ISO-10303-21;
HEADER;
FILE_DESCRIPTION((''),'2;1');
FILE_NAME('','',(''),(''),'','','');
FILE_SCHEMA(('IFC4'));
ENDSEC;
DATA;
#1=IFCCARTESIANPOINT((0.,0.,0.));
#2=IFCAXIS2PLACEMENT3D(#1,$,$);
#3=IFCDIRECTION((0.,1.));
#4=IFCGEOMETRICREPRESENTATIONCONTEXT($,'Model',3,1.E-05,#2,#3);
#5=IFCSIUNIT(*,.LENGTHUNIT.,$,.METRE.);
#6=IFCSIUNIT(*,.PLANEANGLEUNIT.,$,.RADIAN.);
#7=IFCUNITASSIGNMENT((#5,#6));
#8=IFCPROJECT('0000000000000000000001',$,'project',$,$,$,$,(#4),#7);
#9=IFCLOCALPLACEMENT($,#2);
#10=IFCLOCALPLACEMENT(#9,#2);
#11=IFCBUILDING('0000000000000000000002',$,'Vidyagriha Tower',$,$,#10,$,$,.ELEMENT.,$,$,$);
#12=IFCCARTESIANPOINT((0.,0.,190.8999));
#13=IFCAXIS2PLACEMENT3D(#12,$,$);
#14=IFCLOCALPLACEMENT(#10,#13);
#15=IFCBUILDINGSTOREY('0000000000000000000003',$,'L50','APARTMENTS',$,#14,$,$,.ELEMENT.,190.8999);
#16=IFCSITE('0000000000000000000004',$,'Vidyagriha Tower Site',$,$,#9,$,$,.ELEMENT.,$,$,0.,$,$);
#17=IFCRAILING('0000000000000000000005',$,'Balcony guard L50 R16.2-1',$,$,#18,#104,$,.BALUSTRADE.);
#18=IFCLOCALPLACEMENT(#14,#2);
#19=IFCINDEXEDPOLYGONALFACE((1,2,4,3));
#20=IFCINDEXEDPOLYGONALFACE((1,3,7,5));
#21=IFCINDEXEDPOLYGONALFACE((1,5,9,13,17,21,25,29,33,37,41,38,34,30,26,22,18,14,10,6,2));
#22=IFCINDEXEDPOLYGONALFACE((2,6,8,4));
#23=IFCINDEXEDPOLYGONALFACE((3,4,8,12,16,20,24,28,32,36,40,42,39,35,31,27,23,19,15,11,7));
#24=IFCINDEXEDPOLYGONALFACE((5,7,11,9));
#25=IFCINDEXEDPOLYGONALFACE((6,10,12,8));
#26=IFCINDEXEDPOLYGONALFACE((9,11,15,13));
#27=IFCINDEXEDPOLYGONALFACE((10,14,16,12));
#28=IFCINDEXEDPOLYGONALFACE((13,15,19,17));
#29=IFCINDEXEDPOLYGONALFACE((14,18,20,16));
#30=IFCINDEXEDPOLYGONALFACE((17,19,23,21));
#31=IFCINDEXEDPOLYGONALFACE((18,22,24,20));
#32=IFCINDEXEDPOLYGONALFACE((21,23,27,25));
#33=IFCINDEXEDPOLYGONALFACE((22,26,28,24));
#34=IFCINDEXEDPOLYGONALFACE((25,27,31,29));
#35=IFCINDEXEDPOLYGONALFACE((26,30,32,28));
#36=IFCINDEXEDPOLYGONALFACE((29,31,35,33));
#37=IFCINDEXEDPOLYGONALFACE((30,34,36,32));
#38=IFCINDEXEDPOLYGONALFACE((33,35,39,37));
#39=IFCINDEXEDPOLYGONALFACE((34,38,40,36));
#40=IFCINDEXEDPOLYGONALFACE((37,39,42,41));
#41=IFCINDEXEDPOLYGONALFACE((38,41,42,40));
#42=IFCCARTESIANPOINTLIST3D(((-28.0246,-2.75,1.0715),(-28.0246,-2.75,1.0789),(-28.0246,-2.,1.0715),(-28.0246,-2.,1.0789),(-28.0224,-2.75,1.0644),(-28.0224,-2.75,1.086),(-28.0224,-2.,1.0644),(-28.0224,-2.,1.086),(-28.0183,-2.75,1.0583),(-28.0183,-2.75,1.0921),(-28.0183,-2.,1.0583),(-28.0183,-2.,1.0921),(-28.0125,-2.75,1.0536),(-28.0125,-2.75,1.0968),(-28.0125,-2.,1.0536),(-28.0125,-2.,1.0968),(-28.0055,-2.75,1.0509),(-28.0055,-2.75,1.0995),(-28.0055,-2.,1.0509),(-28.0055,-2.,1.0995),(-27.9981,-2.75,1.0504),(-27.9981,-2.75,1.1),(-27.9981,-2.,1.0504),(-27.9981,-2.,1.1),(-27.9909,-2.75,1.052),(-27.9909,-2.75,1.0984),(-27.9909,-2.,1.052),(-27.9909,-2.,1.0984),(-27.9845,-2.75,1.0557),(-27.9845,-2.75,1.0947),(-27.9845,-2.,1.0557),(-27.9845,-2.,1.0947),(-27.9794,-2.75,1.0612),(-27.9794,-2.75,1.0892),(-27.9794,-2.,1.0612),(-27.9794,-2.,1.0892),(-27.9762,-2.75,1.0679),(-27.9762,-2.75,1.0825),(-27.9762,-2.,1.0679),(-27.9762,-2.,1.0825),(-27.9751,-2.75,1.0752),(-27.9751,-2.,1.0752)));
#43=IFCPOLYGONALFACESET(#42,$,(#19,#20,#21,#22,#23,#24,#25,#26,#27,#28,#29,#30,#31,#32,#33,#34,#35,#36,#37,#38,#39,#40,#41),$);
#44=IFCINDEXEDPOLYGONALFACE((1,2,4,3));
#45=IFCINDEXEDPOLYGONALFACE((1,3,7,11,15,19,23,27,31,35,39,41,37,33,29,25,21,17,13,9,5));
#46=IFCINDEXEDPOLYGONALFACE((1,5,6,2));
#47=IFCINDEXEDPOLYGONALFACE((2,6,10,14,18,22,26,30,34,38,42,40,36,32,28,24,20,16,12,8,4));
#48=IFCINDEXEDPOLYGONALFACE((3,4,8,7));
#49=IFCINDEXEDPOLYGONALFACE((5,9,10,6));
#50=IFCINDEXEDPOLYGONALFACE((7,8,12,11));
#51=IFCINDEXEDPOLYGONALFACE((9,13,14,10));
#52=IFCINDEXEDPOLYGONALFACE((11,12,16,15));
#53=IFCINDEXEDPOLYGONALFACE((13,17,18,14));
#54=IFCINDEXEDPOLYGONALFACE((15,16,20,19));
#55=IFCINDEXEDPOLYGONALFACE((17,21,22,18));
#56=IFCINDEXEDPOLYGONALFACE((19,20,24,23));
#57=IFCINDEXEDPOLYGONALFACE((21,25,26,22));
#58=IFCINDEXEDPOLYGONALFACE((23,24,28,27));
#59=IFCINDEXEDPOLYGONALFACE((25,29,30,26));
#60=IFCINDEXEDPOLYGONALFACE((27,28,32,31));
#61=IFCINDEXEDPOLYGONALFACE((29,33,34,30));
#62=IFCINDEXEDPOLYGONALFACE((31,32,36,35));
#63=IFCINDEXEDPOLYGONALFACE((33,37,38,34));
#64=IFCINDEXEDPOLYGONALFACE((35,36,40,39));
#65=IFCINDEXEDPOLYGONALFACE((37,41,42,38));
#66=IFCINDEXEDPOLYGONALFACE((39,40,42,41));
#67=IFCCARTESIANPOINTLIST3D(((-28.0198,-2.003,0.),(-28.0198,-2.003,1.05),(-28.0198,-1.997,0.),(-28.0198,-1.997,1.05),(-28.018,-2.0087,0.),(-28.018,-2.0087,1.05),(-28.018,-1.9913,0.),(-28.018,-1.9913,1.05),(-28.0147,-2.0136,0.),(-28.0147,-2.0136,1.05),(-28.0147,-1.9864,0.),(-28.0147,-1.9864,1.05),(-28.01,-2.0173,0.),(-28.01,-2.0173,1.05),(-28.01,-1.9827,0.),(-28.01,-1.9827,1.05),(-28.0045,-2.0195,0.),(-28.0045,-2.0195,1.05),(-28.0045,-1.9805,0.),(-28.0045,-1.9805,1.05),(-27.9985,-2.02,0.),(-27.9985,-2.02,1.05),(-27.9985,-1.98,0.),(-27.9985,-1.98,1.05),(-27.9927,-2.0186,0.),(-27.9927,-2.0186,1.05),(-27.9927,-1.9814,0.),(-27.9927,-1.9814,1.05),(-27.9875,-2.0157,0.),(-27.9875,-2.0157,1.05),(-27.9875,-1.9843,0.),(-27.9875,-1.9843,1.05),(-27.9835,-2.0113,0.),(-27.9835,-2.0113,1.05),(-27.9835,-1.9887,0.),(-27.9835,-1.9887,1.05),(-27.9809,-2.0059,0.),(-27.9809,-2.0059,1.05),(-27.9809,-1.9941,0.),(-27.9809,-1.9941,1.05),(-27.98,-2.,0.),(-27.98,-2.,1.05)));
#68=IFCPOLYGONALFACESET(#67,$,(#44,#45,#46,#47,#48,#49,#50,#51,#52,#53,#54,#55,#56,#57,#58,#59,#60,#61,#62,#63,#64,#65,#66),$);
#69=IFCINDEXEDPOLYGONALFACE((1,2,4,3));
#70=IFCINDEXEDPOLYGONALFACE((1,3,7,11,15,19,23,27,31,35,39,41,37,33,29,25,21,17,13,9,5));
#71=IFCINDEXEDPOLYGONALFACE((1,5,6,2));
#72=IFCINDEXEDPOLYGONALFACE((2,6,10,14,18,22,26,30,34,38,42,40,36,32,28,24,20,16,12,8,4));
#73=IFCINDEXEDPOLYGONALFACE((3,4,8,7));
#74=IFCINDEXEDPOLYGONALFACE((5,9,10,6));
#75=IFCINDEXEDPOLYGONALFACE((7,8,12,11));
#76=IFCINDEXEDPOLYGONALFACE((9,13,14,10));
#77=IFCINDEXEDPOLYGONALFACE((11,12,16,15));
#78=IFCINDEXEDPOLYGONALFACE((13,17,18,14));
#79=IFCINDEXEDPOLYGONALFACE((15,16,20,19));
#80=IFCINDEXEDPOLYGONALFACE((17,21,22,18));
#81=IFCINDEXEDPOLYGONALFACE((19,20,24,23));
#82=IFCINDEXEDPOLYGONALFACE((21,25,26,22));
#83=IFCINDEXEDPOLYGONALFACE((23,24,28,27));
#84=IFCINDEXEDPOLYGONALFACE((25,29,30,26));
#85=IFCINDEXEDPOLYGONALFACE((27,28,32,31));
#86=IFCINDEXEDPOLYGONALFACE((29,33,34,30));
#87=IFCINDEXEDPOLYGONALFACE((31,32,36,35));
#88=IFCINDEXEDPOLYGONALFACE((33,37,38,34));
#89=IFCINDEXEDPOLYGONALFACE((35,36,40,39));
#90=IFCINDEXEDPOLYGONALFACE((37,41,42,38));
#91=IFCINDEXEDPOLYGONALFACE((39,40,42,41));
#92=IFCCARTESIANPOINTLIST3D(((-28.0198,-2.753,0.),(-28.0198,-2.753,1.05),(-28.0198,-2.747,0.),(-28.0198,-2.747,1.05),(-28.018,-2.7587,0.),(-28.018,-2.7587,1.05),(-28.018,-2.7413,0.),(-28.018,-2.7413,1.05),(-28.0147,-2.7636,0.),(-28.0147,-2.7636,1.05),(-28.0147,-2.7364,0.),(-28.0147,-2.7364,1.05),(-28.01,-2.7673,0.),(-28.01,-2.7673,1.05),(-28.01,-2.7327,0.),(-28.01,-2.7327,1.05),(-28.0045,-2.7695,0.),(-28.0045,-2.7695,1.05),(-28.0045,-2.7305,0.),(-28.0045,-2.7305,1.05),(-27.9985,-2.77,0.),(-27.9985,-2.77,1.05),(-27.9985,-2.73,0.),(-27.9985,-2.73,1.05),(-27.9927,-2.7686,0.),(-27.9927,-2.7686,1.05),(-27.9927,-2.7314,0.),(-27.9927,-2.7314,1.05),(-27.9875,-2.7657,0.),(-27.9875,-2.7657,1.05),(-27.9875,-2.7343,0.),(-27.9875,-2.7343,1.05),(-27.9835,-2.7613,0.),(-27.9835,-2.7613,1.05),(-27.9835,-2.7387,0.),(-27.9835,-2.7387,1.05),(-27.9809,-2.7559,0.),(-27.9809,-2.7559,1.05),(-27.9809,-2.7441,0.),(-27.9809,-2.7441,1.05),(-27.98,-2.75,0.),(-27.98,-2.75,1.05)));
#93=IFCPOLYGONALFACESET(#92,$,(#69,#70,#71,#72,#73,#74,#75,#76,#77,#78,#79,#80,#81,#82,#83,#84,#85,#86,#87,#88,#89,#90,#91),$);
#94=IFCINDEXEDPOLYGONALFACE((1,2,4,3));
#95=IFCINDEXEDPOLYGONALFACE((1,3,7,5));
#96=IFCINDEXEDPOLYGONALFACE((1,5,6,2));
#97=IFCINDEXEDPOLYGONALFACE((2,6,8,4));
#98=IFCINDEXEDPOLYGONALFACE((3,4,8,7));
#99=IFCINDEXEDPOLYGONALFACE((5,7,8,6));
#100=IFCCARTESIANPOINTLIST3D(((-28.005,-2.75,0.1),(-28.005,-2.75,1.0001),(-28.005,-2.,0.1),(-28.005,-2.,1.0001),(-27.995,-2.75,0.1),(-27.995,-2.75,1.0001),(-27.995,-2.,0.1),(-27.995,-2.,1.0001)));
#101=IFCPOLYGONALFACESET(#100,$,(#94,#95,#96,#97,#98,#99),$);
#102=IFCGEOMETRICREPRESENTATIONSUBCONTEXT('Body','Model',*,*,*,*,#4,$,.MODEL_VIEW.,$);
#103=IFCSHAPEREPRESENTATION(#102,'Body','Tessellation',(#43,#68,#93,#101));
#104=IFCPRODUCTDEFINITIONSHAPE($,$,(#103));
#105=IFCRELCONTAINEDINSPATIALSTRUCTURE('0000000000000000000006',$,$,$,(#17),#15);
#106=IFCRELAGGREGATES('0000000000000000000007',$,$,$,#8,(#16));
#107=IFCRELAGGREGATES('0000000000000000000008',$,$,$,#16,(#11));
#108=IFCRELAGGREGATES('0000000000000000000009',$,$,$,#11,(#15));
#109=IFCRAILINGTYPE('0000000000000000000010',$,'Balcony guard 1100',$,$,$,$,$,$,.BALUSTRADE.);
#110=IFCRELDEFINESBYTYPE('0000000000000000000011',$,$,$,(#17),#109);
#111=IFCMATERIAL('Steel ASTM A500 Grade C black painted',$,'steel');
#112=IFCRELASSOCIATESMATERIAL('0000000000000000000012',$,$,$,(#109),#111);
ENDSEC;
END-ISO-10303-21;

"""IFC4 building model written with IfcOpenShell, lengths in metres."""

from ifc_helpers import new_model, si_unit, direction, frame, origin, origin_2d, place, context, subcontext, project, spatial, rectangle, circle, extrude, material, type_object, element, save


model = new_model("IFC4")

# Units and contexts
model_context = context("Model", 3, precision=1e-05, world=origin(), true_north=direction((0.0, 1.0)))
body_context = subcontext(model_context, "Body", "Model", "MODEL_VIEW")
ifc_project = project(units=[si_unit("LENGTHUNIT", "METRE"), si_unit("PLANEANGLEUNIT", "RADIAN")], contexts=[model_context])

# Site, building, storey
site_placement = place(None, origin())
site = spatial("IfcSite", under=ifc_project, at=site_placement, Name="Vidyagriha Tower Site", CompositionType="ELEMENT", RefElevation=0.0)
building_placement = place(site_placement, origin())
building = spatial("IfcBuilding", under=site, at=building_placement, Name="Vidyagriha Tower", CompositionType="ELEMENT")
storey_placement = place(building_placement, frame((0.0, 0.0, 190.8999)))
storey = spatial("IfcBuildingStorey", under=building, at=storey_placement, Name="L50", Description="APARTMENTS", CompositionType="ELEMENT", Elevation=190.8999)

# Railing
ifc_material_1 = material(Name="Steel ASTM A500 Grade C black painted", Category="steel")
railing_type_1 = type_object("IfcRailingType", Name="Balcony guard 1100", PredefinedType="BALUSTRADE", material=ifc_material_1)
railing_1_placement = place(storey_placement, frame((-28.0, -2.0, 0.0)))
element("IfcRailing", 1, at=railing_1_placement, inside=storey, type_object=railing_type_1, Name="Balcony guard L50 R16.2-1", PredefinedType="BALUSTRADE", context=body_context, shape_type="SweptSolid", body=[
    extrude(circle(Radius=0.0249, at=origin_2d()), frame((0.0, 0.0, 1.0752), z_axis=(0.0, -1.0, 0.0), x_axis=(1.0, 0.0, 0.0)), (0.0, 0.0, 1.0), 0.75),
    extrude(circle(Radius=0.02, at=origin_2d()), origin(), (0.0, 0.0, 1.0), 1.05),
    extrude(circle(Radius=0.02, at=origin_2d()), frame((0.0, -0.75, 0.0)), (0.0, 0.0, 1.0), 1.05),
    extrude(rectangle(XDim=0.01, YDim=0.9001, at=origin_2d()), frame((0.0, 0.0, 0.55), z_axis=(0.0, -1.0, 0.0), x_axis=(1.0, 0.0, 0.0)), (0.0, 0.0, 1.0), 0.75),
])

save(model, "model.ifc")
